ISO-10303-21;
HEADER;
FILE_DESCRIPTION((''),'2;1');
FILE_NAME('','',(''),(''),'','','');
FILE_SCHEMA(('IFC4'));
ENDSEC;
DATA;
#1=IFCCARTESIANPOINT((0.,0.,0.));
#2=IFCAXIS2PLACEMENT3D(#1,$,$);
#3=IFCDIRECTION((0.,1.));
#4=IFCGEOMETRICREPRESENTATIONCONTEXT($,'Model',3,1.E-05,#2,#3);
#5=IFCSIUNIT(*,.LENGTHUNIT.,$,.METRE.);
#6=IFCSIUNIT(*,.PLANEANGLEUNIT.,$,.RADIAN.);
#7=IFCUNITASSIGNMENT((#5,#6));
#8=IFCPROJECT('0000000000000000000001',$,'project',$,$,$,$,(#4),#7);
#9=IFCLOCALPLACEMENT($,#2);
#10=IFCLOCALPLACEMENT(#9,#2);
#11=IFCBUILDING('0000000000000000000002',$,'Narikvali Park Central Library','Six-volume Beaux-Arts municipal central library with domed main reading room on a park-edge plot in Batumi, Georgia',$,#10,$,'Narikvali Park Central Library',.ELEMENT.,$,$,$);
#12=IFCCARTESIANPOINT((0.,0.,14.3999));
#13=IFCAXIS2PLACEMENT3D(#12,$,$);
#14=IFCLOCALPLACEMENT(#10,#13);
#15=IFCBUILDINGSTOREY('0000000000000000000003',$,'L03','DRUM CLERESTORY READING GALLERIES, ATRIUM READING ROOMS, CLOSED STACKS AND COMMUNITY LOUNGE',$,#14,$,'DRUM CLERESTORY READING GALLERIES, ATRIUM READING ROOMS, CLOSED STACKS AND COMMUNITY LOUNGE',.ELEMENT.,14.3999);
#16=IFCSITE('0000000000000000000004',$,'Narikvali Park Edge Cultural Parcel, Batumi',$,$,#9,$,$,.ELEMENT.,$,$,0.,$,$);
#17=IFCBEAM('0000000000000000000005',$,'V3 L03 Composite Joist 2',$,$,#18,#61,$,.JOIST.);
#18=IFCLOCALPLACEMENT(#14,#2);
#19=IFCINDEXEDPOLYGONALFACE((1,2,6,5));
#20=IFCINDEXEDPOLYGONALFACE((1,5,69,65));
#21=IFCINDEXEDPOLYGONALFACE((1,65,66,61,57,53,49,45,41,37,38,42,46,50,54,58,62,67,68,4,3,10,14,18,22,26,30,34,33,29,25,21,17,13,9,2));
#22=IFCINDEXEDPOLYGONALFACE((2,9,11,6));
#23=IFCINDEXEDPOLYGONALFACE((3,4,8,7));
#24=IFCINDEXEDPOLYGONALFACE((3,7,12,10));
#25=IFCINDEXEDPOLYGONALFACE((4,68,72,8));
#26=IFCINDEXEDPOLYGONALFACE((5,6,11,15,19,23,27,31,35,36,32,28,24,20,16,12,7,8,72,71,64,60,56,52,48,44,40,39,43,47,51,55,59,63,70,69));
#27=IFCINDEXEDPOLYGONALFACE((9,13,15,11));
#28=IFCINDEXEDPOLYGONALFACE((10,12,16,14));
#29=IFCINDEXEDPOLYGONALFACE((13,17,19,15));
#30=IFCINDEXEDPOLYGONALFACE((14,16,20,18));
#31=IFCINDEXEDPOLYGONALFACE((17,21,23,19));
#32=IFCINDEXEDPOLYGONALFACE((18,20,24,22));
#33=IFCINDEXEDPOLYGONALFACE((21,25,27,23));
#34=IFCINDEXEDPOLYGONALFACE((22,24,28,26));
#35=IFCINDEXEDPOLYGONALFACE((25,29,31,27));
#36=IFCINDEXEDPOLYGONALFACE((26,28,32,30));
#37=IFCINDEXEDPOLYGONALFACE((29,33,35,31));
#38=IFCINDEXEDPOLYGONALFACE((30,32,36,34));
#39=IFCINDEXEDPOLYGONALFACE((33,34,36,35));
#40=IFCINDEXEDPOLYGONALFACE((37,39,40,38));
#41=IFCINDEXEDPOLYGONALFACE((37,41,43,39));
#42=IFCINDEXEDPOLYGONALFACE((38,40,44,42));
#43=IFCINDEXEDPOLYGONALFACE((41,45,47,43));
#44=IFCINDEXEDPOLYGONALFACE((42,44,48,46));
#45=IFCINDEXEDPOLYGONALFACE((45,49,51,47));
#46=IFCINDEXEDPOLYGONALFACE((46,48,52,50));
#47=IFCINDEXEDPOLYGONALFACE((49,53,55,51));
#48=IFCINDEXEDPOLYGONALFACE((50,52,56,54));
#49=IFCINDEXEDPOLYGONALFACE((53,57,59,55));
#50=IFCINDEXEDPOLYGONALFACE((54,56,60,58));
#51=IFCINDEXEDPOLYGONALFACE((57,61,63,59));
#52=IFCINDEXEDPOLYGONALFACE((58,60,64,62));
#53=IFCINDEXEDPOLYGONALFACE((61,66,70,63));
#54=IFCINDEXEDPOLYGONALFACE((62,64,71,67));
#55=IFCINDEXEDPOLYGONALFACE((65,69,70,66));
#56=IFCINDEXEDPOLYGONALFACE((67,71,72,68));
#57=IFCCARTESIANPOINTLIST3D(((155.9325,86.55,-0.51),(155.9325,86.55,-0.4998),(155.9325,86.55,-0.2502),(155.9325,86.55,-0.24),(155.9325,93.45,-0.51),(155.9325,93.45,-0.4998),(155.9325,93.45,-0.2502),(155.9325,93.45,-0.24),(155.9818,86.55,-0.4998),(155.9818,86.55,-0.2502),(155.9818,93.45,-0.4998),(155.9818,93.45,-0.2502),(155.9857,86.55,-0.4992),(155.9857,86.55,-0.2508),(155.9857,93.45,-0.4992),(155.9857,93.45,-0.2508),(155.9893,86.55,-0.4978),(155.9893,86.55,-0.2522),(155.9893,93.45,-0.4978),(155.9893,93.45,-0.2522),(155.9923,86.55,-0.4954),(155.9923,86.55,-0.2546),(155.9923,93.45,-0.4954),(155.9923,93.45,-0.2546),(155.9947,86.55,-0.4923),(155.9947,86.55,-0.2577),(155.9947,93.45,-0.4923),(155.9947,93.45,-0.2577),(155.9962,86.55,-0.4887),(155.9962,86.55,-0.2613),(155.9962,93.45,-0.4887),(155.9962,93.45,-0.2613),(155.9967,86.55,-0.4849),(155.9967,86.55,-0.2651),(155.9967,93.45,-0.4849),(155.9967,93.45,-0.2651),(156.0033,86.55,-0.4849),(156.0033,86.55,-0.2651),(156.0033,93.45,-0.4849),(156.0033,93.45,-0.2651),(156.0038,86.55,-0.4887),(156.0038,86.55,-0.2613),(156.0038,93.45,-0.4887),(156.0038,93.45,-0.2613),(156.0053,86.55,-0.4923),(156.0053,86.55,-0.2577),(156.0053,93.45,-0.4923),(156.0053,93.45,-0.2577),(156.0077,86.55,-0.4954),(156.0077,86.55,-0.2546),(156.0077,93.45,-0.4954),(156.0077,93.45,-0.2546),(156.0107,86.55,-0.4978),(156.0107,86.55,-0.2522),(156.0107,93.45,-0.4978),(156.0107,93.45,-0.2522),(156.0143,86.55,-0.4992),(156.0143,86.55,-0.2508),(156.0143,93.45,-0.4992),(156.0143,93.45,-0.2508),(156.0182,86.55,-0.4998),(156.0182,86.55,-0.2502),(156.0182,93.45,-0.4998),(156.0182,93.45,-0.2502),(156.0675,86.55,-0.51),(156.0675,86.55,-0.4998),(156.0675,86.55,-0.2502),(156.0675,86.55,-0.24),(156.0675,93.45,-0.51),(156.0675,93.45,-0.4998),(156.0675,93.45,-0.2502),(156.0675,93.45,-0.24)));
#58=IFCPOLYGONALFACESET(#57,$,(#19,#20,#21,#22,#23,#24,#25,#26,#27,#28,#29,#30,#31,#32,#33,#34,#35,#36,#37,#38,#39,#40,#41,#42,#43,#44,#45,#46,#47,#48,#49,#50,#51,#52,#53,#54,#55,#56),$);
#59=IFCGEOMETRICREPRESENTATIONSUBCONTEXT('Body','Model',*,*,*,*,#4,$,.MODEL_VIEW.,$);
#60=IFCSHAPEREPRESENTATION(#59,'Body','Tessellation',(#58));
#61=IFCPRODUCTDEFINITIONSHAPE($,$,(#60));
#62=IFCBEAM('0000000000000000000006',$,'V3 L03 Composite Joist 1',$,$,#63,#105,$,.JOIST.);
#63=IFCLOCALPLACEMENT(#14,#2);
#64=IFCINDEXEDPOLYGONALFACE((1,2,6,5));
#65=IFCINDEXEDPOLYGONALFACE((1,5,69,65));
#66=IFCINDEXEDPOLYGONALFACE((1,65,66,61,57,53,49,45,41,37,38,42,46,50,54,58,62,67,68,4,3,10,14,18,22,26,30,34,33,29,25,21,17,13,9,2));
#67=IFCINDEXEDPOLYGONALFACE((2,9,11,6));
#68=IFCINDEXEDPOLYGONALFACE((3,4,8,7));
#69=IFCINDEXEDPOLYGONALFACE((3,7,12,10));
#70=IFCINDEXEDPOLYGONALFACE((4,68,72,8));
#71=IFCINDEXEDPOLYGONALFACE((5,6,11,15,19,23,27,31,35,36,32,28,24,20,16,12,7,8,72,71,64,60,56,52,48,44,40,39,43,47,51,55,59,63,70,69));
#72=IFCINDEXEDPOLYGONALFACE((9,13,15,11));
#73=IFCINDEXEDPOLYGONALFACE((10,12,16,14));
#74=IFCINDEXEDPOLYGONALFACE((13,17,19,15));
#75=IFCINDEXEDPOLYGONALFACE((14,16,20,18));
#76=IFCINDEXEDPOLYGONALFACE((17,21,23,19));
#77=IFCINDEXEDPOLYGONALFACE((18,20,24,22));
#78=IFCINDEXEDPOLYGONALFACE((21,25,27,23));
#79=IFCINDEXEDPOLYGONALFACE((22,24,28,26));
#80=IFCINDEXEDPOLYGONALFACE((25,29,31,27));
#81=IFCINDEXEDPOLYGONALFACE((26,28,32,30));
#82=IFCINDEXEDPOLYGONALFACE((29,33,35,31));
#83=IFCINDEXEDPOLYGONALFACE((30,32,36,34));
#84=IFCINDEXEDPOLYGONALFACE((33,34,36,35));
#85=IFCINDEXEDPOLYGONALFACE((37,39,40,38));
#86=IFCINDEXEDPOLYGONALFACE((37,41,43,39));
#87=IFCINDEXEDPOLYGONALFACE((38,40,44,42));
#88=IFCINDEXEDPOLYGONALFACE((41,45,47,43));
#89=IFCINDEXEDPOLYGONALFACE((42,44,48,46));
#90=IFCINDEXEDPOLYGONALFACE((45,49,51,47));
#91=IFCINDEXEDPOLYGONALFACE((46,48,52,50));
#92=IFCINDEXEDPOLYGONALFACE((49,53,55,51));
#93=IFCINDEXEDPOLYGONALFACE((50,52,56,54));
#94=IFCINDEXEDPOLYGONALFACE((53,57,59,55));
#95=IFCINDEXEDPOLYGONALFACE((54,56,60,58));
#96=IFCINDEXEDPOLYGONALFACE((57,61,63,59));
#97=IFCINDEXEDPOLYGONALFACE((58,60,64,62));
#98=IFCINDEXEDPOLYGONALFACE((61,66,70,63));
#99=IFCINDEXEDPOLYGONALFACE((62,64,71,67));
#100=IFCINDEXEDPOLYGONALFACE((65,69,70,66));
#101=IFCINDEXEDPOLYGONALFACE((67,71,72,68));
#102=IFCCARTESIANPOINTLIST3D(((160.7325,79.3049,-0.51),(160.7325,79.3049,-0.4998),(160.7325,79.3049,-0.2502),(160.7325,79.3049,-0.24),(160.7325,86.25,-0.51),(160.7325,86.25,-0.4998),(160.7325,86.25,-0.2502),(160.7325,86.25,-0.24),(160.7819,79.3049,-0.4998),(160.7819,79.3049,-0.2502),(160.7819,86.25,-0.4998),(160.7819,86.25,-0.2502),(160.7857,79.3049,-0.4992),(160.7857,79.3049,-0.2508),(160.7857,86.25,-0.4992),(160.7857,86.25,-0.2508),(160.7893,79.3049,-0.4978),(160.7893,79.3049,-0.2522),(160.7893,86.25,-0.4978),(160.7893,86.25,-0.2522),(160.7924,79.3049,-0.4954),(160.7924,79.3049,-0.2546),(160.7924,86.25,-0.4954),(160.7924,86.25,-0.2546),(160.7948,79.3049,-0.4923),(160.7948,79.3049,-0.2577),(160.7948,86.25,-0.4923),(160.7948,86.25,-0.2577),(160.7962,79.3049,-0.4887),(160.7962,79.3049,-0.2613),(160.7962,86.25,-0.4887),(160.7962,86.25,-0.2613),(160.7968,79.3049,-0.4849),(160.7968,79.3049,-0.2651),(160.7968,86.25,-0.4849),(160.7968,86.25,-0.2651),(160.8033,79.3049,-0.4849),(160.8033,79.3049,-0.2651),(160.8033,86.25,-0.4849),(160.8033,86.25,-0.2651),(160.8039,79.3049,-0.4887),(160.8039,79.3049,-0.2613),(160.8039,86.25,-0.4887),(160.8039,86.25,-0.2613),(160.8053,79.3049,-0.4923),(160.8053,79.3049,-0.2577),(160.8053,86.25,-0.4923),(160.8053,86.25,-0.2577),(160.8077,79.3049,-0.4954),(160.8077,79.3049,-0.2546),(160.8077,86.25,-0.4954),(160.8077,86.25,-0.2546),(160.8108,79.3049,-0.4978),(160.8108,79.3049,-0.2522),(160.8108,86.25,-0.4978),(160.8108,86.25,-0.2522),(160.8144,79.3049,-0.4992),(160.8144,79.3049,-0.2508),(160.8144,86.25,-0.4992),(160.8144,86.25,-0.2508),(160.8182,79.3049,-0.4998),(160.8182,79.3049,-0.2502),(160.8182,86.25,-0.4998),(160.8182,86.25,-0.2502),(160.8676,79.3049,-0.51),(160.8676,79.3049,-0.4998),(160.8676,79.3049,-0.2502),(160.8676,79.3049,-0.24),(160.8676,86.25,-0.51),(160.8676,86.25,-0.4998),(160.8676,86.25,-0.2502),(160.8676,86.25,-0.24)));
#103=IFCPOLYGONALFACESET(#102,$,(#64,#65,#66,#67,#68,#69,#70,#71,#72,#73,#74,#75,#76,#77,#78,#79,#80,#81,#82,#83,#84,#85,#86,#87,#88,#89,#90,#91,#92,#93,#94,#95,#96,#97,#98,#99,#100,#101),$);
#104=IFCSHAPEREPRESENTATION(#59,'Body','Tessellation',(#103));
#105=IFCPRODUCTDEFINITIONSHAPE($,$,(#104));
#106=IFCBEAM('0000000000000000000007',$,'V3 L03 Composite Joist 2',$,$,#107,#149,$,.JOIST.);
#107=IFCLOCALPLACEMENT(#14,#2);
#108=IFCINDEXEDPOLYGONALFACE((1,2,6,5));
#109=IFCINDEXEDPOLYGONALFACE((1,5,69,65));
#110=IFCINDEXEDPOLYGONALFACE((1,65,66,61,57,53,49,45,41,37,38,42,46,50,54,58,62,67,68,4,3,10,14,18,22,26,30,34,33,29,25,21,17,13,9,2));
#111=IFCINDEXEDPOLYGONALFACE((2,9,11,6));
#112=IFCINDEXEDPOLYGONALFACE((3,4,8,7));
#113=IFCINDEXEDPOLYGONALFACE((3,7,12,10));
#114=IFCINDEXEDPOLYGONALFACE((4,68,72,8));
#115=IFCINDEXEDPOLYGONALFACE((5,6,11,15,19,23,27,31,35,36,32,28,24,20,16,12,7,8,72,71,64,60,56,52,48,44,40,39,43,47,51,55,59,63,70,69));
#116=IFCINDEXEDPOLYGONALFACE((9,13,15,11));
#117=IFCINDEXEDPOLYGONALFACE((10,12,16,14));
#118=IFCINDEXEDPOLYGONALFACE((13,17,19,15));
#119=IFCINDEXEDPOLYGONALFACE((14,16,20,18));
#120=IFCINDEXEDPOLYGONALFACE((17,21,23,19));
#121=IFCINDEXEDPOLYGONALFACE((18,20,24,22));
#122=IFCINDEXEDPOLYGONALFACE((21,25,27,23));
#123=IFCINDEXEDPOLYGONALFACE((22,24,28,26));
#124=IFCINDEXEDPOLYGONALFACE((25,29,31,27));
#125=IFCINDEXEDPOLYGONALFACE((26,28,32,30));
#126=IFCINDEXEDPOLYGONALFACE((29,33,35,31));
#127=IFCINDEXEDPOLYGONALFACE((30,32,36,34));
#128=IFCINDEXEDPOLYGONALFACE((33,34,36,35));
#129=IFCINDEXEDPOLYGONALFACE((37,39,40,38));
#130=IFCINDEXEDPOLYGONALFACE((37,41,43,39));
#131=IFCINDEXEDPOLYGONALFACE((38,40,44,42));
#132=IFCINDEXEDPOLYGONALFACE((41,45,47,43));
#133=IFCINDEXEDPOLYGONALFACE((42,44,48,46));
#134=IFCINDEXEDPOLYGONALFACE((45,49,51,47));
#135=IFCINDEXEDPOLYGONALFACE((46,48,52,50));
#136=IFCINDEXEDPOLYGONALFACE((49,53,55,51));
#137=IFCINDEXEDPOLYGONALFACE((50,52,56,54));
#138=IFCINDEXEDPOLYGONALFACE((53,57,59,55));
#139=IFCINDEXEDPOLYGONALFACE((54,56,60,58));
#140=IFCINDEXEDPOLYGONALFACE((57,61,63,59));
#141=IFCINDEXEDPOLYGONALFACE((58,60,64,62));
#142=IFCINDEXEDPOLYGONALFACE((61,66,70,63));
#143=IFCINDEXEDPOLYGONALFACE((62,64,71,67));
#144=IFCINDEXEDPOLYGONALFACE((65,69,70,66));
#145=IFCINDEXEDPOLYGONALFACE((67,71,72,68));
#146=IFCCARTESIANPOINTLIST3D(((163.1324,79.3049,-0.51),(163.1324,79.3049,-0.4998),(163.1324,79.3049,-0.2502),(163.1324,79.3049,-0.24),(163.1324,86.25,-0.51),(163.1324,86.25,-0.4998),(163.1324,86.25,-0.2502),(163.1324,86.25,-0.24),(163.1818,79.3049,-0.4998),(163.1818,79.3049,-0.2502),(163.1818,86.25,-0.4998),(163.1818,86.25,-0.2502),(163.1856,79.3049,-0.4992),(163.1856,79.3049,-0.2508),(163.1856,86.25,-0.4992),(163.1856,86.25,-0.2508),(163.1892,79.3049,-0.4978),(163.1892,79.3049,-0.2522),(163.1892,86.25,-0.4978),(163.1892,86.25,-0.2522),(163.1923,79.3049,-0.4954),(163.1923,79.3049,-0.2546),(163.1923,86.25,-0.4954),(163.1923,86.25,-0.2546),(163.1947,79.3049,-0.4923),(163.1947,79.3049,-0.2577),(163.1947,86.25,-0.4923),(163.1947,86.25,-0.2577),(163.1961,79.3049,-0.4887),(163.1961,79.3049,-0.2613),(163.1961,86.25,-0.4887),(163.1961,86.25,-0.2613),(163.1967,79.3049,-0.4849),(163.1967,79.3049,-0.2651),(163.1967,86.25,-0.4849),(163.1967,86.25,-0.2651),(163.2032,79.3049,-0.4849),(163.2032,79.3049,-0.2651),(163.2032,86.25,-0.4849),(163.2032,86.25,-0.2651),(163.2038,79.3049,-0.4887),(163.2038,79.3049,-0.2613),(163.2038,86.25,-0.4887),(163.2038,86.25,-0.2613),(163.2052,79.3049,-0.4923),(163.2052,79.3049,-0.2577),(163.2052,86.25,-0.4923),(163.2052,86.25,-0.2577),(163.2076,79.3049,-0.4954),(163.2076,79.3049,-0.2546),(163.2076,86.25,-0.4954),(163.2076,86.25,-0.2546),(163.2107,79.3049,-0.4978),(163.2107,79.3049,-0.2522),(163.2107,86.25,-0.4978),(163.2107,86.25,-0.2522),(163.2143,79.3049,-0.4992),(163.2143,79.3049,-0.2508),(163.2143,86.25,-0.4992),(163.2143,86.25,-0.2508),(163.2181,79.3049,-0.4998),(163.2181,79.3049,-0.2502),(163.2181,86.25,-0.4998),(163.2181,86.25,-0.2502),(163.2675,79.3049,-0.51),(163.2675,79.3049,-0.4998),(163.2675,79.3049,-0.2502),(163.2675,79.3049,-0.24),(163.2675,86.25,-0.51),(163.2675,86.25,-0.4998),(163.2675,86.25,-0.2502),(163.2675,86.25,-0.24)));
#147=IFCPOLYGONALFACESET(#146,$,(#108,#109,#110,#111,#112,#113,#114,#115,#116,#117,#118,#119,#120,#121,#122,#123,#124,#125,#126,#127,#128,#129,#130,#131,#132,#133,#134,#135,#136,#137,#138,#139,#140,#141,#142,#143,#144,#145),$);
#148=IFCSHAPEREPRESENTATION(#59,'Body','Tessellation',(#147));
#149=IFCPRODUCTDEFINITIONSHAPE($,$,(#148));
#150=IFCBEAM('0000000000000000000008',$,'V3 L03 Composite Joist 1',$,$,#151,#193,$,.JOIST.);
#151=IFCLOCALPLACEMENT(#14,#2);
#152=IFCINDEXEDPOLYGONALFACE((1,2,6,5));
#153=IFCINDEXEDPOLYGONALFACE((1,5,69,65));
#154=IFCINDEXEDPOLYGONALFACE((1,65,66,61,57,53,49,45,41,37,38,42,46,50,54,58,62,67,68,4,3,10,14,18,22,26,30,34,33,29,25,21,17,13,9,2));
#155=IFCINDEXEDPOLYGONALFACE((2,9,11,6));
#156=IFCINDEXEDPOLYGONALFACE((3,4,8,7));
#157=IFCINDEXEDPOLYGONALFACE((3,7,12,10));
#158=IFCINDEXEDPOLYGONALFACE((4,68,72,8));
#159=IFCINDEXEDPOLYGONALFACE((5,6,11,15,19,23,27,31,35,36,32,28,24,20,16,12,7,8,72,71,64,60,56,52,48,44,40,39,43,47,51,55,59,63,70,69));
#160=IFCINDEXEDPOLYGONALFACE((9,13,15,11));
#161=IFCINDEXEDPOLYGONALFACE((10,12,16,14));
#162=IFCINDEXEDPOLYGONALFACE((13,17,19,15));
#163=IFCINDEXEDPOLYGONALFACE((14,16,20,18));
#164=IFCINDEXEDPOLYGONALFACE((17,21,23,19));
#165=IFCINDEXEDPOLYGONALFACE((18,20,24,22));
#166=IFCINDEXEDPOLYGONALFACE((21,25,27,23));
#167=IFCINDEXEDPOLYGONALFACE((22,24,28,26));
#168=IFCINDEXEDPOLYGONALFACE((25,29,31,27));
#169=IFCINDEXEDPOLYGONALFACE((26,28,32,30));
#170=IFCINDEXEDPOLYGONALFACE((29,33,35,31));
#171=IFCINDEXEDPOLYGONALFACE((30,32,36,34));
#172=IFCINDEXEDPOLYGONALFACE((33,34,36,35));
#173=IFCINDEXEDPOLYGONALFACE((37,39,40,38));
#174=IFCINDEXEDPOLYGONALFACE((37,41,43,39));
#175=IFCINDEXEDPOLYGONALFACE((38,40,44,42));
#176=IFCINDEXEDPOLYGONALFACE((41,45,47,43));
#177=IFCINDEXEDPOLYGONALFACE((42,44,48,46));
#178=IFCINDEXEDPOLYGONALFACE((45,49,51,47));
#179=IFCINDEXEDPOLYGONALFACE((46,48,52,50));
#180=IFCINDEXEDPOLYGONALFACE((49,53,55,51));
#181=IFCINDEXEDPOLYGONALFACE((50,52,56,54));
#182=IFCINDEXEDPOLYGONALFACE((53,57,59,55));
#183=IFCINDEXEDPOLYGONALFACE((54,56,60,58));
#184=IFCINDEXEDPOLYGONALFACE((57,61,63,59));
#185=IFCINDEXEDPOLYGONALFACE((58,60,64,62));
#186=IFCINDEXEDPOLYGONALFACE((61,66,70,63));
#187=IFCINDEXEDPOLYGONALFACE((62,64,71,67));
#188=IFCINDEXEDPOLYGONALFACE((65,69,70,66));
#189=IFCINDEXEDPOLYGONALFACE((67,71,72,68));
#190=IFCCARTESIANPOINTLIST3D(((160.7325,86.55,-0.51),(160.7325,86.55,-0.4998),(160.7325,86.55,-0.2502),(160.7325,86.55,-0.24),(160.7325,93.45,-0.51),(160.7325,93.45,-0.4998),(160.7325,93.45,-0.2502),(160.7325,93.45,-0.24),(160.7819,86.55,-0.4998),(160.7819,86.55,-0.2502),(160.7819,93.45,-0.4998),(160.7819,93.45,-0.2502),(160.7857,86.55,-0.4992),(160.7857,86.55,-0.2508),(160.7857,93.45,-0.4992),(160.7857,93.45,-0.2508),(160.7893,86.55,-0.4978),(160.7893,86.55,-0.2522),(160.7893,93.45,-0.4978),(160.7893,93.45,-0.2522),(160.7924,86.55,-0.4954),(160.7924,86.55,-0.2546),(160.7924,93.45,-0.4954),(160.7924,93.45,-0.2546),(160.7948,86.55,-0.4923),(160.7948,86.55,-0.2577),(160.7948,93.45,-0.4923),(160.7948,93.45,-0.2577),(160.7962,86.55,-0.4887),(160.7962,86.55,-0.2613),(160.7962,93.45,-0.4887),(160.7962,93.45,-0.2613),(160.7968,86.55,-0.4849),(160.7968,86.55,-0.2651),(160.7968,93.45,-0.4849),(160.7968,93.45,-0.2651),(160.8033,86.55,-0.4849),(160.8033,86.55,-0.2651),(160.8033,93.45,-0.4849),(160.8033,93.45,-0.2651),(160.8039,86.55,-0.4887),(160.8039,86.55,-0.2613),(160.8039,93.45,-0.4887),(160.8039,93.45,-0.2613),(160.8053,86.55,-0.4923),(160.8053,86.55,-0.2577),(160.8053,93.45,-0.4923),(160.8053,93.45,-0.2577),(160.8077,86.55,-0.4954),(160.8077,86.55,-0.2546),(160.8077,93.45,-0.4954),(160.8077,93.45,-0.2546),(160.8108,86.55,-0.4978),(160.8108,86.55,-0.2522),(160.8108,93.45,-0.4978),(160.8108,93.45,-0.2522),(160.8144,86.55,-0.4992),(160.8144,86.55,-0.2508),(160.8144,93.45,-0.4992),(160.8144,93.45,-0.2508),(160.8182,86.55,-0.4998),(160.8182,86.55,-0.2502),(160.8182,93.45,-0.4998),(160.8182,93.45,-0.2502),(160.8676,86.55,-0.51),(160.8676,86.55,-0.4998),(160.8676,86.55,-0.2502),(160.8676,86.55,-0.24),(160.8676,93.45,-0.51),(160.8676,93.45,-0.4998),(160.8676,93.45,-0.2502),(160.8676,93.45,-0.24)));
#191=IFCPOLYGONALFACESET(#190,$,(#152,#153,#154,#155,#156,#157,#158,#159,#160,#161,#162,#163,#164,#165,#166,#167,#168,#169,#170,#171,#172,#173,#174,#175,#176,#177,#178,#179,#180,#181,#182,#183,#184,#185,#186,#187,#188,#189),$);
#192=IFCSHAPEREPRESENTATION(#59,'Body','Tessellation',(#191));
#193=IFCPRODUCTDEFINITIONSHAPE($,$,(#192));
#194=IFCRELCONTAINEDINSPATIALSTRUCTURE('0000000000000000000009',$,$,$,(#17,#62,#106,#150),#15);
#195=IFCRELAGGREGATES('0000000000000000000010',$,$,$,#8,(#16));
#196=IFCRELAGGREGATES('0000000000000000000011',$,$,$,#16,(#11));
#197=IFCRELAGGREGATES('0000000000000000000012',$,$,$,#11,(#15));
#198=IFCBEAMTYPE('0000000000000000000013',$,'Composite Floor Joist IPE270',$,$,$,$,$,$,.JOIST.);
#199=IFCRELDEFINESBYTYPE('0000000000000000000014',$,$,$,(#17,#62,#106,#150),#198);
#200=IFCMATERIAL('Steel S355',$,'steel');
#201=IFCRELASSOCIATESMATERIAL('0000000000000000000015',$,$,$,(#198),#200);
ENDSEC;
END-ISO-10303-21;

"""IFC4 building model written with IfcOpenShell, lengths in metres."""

from ifc_helpers import new_model, si_unit, direction, frame, origin, origin_2d, place, context, subcontext, project, spatial, i_section, extrude, material, material_profile, profile_set, type_object, element, save


model = new_model("IFC4")

# Units and contexts
model_context = context("Model", 3, precision=1e-05, world=origin(), true_north=direction((0.0, 1.0)))
body_context = subcontext(model_context, "Body", "Model", "MODEL_VIEW")
ifc_project = project(units=[si_unit("LENGTHUNIT", "METRE"), si_unit("PLANEANGLEUNIT", "RADIAN")], contexts=[model_context])

# Site, building, storey
site_placement = place(None, origin())
site = spatial("IfcSite", under=ifc_project, at=site_placement, Name="Narikvali Park Edge Cultural Parcel, Batumi", CompositionType="ELEMENT", RefElevation=0.0)
building_placement = place(site_placement, origin())
building = spatial("IfcBuilding", under=site, at=building_placement, Name="Narikvali Park Central Library", Description="Six-volume Beaux-Arts municipal central library with domed main reading room on a park-edge plot in Batumi, Georgia", LongName="Narikvali Park Central Library", CompositionType="ELEMENT")
storey_placement = place(building_placement, frame((0.0, 0.0, 14.3999)))
storey = spatial("IfcBuildingStorey", under=building, at=storey_placement, Name="L03", Description="DRUM CLERESTORY READING GALLERIES, ATRIUM READING ROOMS, CLOSED STACKS AND COMMUNITY LOUNGE", LongName="DRUM CLERESTORY READING GALLERIES, ATRIUM READING ROOMS, CLOSED STACKS AND COMMUNITY LOUNGE", CompositionType="ELEMENT", Elevation=14.3999)

# Shared definitions
ifc_material_1 = material(Name="Steel S355", Category="steel")

# Beams
ifc_material_profile_1 = material_profile(ifc_material_1, i_section(OverallWidth=0.135, OverallDepth=0.27, WebThickness=0.0066, FlangeThickness=0.0103, FilletRadius=0.0149, at=origin_2d()), Name="IPE 270")
ifc_profile_set_1 = profile_set([ifc_material_profile_1], Name="Steel S355")
beam_type_1 = type_object("IfcBeamType", Name="Composite Floor Joist IPE270", PredefinedType="JOIST", material=ifc_profile_set_1)
for number, where, z_axis, x_axis, name in (
    (1, (156.0, 86.55, -0.375), (0.0, 1.0, 0.0), (-1.0, 0.0, 0.0), "V3 L03 Composite Joist 2"),
):
    element("IfcBeam", number, at=place(storey_placement, frame(where, z_axis=z_axis, x_axis=x_axis)), inside=storey, type_object=beam_type_1, Name=name, PredefinedType="JOIST", context=body_context, shape_type="SweptSolid", body=[
        extrude(i_section(OverallWidth=0.135, OverallDepth=0.27, WebThickness=0.0066, FlangeThickness=0.0103, FilletRadius=0.0149, at=origin_2d()), origin(), (0.0, 0.0, 1.0), 6.8999),
    ])
for number, where, z_axis, x_axis, name in (
    (2, (160.8, 79.3049, -0.375), (0.0, 1.0, 0.0), (-1.0, 0.0, 0.0), "V3 L03 Composite Joist 1"),
    (3, (163.2, 79.3049, -0.375), (0.0, 1.0, 0.0), (-1.0, 0.0, 0.0), "V3 L03 Composite Joist 2"),
):
    element("IfcBeam", number, at=place(storey_placement, frame(where, z_axis=z_axis, x_axis=x_axis)), inside=storey, type_object=beam_type_1, Name=name, PredefinedType="JOIST", context=body_context, shape_type="SweptSolid", body=[
        extrude(i_section(OverallWidth=0.135, OverallDepth=0.27, WebThickness=0.0066, FlangeThickness=0.0103, FilletRadius=0.0149, at=origin_2d()), origin(), (0.0, 0.0, 1.0), 6.9451),
    ])
for number, where, z_axis, x_axis, name in (
    (4, (160.8, 86.55, -0.375), (0.0, 1.0, 0.0), (-1.0, 0.0, 0.0), "V3 L03 Composite Joist 1"),
):
    element("IfcBeam", number, at=place(storey_placement, frame(where, z_axis=z_axis, x_axis=x_axis)), inside=storey, type_object=beam_type_1, Name=name, PredefinedType="JOIST", context=body_context, shape_type="SweptSolid", body=[
        extrude(i_section(OverallWidth=0.135, OverallDepth=0.27, WebThickness=0.0066, FlangeThickness=0.0103, FilletRadius=0.0149, at=origin_2d()), origin(), (0.0, 0.0, 1.0), 6.8999),
    ])

save(model, "model.ifc")
